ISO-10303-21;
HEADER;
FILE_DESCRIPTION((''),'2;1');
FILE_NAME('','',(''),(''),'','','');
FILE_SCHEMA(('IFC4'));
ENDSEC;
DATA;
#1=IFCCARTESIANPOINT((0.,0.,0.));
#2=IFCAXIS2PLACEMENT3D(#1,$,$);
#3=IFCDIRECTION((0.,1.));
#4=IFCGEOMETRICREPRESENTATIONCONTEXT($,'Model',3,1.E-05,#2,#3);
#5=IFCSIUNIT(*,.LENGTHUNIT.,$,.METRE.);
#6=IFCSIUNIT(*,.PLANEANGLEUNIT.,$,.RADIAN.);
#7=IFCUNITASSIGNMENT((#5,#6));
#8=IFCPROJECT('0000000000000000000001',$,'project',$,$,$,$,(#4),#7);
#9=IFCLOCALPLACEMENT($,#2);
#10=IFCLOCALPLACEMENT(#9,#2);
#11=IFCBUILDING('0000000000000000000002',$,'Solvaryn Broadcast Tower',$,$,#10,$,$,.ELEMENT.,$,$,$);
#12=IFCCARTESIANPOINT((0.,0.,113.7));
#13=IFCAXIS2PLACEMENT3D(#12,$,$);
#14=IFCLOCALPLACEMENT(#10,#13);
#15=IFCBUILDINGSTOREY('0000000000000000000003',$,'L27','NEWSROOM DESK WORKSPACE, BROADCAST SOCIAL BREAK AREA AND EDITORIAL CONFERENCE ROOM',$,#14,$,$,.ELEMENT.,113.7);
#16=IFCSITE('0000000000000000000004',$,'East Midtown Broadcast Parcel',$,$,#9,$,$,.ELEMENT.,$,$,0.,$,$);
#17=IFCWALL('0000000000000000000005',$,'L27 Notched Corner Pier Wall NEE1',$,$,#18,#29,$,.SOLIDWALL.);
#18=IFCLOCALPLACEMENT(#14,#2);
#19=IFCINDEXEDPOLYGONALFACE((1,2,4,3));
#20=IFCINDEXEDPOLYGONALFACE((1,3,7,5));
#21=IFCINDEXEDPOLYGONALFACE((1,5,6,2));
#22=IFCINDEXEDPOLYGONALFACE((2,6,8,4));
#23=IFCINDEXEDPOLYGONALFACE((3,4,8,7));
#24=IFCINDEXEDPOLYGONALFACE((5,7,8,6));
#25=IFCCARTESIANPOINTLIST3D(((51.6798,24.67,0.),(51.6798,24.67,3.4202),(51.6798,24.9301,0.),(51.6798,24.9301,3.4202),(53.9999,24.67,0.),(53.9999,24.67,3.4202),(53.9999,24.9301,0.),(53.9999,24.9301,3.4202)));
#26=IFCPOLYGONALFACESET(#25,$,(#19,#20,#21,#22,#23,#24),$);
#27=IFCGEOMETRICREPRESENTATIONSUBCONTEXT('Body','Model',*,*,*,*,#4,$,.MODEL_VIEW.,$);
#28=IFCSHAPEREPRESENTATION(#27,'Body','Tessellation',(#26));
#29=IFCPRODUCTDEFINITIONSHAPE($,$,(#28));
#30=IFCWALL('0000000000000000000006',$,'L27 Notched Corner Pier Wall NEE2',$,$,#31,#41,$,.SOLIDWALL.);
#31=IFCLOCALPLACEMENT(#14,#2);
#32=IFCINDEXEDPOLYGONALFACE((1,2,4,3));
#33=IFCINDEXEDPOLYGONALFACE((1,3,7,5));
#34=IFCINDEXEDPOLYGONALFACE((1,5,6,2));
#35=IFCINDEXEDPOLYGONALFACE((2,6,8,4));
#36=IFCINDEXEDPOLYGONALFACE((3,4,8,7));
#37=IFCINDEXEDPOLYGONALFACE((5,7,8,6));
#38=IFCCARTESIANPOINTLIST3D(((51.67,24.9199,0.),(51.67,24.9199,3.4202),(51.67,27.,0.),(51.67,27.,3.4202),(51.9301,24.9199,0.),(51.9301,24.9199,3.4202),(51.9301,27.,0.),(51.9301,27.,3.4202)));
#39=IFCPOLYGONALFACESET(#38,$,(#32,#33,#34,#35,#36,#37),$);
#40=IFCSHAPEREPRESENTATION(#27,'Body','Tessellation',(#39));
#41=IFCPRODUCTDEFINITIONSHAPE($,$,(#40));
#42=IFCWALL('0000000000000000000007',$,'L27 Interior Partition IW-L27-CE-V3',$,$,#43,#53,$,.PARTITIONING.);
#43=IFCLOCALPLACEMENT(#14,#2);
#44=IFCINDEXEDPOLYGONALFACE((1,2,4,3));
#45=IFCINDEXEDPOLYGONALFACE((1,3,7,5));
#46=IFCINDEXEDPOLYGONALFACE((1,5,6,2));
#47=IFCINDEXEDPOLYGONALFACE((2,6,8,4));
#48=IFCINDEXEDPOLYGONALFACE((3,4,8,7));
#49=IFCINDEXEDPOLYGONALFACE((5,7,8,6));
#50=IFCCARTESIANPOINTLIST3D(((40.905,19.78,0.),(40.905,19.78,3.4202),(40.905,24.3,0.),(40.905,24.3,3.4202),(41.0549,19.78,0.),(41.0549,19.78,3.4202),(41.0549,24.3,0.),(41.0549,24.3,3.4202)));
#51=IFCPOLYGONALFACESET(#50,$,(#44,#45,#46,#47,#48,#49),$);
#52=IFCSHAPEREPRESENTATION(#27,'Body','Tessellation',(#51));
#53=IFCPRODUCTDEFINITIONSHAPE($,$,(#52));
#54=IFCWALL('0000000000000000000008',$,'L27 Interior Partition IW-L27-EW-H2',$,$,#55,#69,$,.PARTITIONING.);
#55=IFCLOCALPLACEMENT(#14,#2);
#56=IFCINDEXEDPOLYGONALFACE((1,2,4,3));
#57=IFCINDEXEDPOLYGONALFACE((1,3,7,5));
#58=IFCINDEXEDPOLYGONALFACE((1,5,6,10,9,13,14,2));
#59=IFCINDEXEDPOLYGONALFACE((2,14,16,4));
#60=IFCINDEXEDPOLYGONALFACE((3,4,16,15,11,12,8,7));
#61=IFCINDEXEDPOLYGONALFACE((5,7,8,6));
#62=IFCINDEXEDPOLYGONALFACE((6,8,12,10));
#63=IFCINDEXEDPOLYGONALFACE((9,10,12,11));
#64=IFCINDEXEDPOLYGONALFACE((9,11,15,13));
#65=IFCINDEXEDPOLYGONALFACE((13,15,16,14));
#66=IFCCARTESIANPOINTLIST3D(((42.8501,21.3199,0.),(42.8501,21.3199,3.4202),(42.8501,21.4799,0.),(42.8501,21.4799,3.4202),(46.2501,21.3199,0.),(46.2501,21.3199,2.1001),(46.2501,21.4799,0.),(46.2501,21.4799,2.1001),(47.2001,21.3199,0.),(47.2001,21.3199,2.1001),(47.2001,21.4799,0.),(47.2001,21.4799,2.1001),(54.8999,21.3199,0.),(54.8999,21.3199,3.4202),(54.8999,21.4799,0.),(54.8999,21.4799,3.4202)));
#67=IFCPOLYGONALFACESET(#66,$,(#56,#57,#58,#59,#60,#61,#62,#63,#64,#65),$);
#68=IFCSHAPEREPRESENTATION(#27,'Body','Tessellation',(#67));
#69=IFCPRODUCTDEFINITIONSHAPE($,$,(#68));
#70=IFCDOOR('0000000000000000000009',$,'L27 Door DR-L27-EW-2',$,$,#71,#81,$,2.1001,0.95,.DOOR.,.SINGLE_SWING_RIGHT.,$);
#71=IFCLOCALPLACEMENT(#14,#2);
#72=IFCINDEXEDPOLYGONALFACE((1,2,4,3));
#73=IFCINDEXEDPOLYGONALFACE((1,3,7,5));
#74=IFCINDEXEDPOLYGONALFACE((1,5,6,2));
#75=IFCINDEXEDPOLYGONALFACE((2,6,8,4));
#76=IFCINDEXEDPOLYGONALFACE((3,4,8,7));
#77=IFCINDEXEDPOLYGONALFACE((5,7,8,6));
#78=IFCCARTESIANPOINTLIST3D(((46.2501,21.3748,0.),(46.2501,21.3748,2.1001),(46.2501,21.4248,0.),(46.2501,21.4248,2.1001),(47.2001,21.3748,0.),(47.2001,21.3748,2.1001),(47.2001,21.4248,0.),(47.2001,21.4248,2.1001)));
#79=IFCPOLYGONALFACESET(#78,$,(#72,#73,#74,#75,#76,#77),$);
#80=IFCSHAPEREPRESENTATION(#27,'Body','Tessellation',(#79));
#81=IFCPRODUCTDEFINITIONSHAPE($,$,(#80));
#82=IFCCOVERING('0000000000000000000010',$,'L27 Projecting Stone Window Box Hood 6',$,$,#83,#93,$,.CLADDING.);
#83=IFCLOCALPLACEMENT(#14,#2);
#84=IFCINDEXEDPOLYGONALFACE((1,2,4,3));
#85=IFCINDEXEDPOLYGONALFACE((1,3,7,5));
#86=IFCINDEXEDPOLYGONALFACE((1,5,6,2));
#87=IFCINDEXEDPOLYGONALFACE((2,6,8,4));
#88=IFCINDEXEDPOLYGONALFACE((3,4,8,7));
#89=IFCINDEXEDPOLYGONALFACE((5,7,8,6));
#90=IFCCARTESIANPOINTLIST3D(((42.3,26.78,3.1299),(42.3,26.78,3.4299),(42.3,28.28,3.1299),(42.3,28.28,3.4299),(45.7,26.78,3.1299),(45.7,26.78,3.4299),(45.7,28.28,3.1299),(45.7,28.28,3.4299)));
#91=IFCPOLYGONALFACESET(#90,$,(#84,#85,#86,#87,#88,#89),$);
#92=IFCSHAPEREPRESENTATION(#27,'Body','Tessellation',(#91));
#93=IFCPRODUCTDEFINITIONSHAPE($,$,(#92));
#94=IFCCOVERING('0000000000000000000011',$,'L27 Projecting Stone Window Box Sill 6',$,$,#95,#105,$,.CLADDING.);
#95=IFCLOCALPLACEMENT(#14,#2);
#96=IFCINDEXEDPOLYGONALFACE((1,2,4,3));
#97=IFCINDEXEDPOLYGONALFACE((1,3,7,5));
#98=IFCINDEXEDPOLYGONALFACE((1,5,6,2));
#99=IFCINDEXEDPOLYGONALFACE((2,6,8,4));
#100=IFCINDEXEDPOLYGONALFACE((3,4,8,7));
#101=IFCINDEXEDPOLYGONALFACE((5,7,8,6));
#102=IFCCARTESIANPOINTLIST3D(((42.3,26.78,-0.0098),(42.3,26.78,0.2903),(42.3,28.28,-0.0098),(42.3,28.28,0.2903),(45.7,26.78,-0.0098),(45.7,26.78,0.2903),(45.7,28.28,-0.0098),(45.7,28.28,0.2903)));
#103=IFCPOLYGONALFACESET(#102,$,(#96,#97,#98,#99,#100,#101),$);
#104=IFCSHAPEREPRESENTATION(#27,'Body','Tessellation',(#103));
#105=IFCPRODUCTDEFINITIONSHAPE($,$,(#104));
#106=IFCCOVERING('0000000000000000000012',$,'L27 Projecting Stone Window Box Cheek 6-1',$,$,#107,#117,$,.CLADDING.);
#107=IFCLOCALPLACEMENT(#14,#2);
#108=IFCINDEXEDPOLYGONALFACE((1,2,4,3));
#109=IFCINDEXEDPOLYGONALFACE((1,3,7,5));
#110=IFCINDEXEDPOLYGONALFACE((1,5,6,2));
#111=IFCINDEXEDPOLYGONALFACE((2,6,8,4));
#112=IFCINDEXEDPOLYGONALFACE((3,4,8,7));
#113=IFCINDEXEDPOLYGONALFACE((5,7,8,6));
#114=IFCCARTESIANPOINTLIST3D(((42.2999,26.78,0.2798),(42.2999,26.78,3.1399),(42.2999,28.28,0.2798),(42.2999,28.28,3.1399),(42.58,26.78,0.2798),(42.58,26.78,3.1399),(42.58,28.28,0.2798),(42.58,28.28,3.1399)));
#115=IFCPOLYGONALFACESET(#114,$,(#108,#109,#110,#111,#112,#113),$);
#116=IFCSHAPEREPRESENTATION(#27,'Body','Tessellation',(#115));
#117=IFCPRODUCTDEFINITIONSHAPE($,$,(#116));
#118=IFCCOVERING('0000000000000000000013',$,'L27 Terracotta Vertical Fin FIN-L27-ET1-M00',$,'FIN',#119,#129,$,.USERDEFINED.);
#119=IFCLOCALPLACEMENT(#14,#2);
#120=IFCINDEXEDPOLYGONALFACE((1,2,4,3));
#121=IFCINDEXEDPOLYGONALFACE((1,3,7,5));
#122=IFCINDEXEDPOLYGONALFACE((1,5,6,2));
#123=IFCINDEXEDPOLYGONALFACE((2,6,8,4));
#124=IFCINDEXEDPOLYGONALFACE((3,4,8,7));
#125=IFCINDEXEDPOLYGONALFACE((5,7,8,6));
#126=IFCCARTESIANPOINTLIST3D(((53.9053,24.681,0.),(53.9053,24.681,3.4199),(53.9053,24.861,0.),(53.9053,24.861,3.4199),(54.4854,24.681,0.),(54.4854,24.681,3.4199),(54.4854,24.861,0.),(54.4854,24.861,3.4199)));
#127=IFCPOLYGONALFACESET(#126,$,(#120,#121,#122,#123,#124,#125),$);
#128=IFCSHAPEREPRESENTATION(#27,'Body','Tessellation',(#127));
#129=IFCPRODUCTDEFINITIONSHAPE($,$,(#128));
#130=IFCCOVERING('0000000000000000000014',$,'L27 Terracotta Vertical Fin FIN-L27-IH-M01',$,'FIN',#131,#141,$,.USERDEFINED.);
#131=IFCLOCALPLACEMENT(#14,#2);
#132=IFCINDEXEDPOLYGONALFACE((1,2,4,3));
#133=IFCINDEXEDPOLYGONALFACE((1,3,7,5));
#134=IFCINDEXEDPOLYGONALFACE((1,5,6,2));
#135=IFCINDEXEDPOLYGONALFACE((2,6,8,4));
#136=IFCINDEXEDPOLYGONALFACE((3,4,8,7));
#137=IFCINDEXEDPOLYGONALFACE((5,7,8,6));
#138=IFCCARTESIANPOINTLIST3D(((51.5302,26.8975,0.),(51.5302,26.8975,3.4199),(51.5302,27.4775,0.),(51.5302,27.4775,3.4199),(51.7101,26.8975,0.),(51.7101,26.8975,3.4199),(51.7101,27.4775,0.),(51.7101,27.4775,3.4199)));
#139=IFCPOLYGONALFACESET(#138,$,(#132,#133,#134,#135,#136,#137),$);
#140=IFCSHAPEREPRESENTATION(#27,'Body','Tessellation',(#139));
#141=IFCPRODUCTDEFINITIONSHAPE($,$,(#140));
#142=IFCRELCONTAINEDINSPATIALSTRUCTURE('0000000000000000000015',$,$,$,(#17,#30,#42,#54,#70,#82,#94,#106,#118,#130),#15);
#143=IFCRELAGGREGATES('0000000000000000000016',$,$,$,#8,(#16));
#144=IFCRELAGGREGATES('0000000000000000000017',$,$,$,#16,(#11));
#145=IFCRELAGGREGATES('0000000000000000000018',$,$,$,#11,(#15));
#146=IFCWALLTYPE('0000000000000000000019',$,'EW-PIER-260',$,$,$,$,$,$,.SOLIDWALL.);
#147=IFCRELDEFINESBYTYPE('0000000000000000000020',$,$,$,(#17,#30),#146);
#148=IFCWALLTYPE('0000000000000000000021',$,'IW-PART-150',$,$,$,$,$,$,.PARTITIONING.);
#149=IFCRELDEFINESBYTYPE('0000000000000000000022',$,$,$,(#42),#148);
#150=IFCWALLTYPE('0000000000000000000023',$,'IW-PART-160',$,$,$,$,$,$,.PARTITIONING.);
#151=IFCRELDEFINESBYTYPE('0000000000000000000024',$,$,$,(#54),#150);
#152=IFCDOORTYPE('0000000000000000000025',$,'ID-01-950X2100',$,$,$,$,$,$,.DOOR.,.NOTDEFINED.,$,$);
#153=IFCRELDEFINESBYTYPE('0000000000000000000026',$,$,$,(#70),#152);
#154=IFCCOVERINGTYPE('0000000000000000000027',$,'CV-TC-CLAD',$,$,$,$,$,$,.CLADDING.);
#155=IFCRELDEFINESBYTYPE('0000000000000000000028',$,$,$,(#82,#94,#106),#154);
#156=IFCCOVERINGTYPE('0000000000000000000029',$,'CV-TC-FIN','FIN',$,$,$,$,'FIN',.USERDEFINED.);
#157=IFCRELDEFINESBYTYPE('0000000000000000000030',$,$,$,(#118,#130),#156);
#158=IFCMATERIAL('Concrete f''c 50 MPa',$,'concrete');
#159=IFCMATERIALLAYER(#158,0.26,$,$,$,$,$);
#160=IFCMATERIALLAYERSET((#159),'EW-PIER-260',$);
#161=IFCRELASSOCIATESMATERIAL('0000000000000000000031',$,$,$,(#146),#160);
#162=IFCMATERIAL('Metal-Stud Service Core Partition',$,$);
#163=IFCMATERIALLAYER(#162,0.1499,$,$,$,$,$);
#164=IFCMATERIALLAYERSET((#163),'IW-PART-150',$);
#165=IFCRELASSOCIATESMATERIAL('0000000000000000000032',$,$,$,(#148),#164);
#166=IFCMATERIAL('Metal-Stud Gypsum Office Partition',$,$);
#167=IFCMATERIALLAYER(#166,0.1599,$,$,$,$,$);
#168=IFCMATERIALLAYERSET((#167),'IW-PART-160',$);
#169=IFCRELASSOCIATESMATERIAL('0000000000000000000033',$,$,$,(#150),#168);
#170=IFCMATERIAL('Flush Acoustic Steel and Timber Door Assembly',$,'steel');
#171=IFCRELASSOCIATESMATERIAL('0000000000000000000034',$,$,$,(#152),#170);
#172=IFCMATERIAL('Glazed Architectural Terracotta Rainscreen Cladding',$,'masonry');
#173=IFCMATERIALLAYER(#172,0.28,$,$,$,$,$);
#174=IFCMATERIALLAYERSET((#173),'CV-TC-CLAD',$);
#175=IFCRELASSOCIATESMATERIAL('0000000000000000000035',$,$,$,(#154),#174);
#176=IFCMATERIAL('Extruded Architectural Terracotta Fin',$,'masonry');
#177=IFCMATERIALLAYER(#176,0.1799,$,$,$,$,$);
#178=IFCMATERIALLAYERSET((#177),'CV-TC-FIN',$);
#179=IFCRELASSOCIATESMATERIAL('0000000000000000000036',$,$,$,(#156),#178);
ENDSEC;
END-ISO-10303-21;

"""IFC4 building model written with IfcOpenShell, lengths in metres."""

from ifc_helpers import new_model, si_unit, direction, frame, frame_2d, origin, origin_2d, place, context, subcontext, project, spatial, rectangle, extrude, material, layer, layer_set, type_object, element, fill, save


model = new_model("IFC4")

# Units and contexts
model_context = context("Model", 3, precision=1e-05, world=origin(), true_north=direction((0.0, 1.0)))
body_context = subcontext(model_context, "Body", "Model", "MODEL_VIEW")
ifc_project = project(units=[si_unit("LENGTHUNIT", "METRE"), si_unit("PLANEANGLEUNIT", "RADIAN")], contexts=[model_context])

# Site, building, storey
site_placement = place(None, origin())
site = spatial("IfcSite", under=ifc_project, at=site_placement, Name="East Midtown Broadcast Parcel", CompositionType="ELEMENT", RefElevation=0.0)
building_placement = place(site_placement, origin())
building = spatial("IfcBuilding", under=site, at=building_placement, Name="Solvaryn Broadcast Tower", CompositionType="ELEMENT")
storey_placement = place(building_placement, frame((0.0, 0.0, 113.7)))
storey = spatial("IfcBuildingStorey", under=building, at=storey_placement, Name="L27", Description="NEWSROOM DESK WORKSPACE, BROADCAST SOCIAL BREAK AREA AND EDITORIAL CONFERENCE ROOM", CompositionType="ELEMENT", Elevation=113.7)

# Walls
ifc_material_1 = material(Name="Concrete f'c 50 MPa", Category="concrete")
ifc_layer_1 = layer(ifc_material_1, 0.26)
ifc_layer_set_1 = layer_set([ifc_layer_1], Name="EW-PIER-260")
wall_type_1 = type_object("IfcWallType", Name="EW-PIER-260", PredefinedType="SOLIDWALL", material=ifc_layer_set_1)
wall_1_placement = place(storey_placement, frame((54.0, 24.8, 0.0), z_axis=(0.0, 0.0, 1.0), x_axis=(-1.0, 0.0, 0.0)))
element("IfcWall", 1, at=wall_1_placement, inside=storey, type_object=wall_type_1, Name="L27 Notched Corner Pier Wall NEE1", PredefinedType="SOLIDWALL", context=body_context, shape_type="SweptSolid", body=[
    extrude(rectangle(XDim=2.3201, YDim=0.26, at=frame_2d((1.1602, 0.0))), origin(), (0.0, 0.0, 1.0), 3.4202),
])
wall_2_placement = place(storey_placement, frame((51.8, 24.9199, 0.0), z_axis=(0.0, 0.0, 1.0), x_axis=(0.0, 1.0, 0.0)))
element("IfcWall", 2, at=wall_2_placement, inside=storey, type_object=wall_type_1, Name="L27 Notched Corner Pier Wall NEE2", PredefinedType="SOLIDWALL", context=body_context, shape_type="SweptSolid", body=[
    extrude(rectangle(XDim=2.0801, YDim=0.26, at=frame_2d((1.04, 0.0))), origin(), (0.0, 0.0, 1.0), 3.4202),
])
ifc_material_2 = material(Name="Metal-Stud Service Core Partition")
ifc_layer_2 = layer(ifc_material_2, 0.1499)
ifc_layer_set_2 = layer_set([ifc_layer_2], Name="IW-PART-150")
wall_type_2 = type_object("IfcWallType", Name="IW-PART-150", PredefinedType="PARTITIONING", material=ifc_layer_set_2)
wall_3_placement = place(storey_placement, frame((40.98, 19.78, 0.0), z_axis=(0.0, 0.0, 1.0), x_axis=(0.0, 1.0, 0.0)))
element("IfcWall", 3, at=wall_3_placement, inside=storey, type_object=wall_type_2, Name="L27 Interior Partition IW-L27-CE-V3", PredefinedType="PARTITIONING", context=body_context, shape_type="SweptSolid", body=[
    extrude(rectangle(XDim=4.52, YDim=0.1499, at=frame_2d((2.26, 0.0))), origin(), (0.0, 0.0, 1.0), 3.4202),
])

# Wall, opening, door
ifc_material_3 = material(Name="Metal-Stud Gypsum Office Partition")
ifc_layer_3 = layer(ifc_material_3, 0.1599)
ifc_layer_set_3 = layer_set([ifc_layer_3], Name="IW-PART-160")
wall_type_3 = type_object("IfcWallType", Name="IW-PART-160", PredefinedType="PARTITIONING", material=ifc_layer_set_3)
wall_4_placement = place(storey_placement, frame((42.8501, 21.3999, 0.0), z_axis=(0.0, 0.0, 1.0), x_axis=(1.0, 0.0, 0.0)))
wall_4 = element("IfcWall", 4, at=wall_4_placement, inside=storey, type_object=wall_type_3, Name="L27 Interior Partition IW-L27-EW-H2", PredefinedType="PARTITIONING", context=body_context, shape_type="SweptSolid", body=[
    extrude(rectangle(XDim=12.0498, YDim=0.1599, at=frame_2d((6.0249, 0.0))), origin(), (0.0, 0.0, 1.0), 3.4202),
])
opening_1_placement = place(wall_4_placement, frame((3.3999, 0.0, 0.0)))
opening_1 = element("IfcOpeningElement", 5, at=opening_1_placement, cuts=wall_4, PredefinedType="OPENING", context=body_context, shape_type="SweptSolid", body=[
    extrude(rectangle(XDim=0.95, YDim=2.1001, at=frame_2d((0.4751, 1.05))), frame((0.0, 0.0901, 0.0), z_axis=(0.0, -1.0, 0.0), x_axis=(1.0, 0.0, 0.0)), (0.0, 0.0, 1.0), 0.1799),
])
ifc_material_4 = material(Name="Flush Acoustic Steel and Timber Door Assembly", Category="steel")
door_type_1 = type_object("IfcDoorType", Name="ID-01-950X2100", OperationType="NOTDEFINED", PredefinedType="DOOR", material=ifc_material_4)
door_1_placement = place(opening_1_placement, origin())
door_1 = element("IfcDoor", 6, at=door_1_placement, inside=storey, type_object=door_type_1, Name="L27 Door DR-L27-EW-2", OperationType="SINGLE_SWING_RIGHT", OverallHeight=2.1001, OverallWidth=0.95, PredefinedType="DOOR", context=body_context, shape_type="SweptSolid", body=[
    extrude(rectangle(XDim=0.95, YDim=2.1001, at=frame_2d((0.4751, 1.05))), frame((0.0, 0.0249, 0.0), z_axis=(0.0, -1.0, 0.0), x_axis=(1.0, 0.0, 0.0)), (0.0, 0.0, 1.0), 0.05),
])
fill(opening_1, door_1)

# Coverings
ifc_material_5 = material(Name="Glazed Architectural Terracotta Rainscreen Cladding", Category="masonry")
ifc_layer_4 = layer(ifc_material_5, 0.28)
ifc_layer_set_4 = layer_set([ifc_layer_4], Name="CV-TC-CLAD")
covering_type_1 = type_object("IfcCoveringType", Name="CV-TC-CLAD", PredefinedType="CLADDING", material=ifc_layer_set_4)
for number, where, z_axis, x_axis, name in (
    (7, (44.0, 27.53, 3.1299), (0.0, 0.0, 1.0), (1.0, 0.0, 0.0), "L27 Projecting Stone Window Box Hood 6"),
    (8, (44.0, 27.53, -0.0098), (0.0, 0.0, 1.0), (1.0, 0.0, 0.0), "L27 Projecting Stone Window Box Sill 6"),
):
    element("IfcCovering", number, at=place(storey_placement, frame(where, z_axis=z_axis, x_axis=x_axis)), inside=storey, type_object=covering_type_1, Name=name, PredefinedType="CLADDING", context=body_context, shape_type="SweptSolid", body=[
        extrude(rectangle(XDim=3.3999, YDim=1.5, at=origin_2d()), origin(), (0.0, 0.0, 1.0), 0.3),
    ])
covering_1_placement = place(storey_placement, frame((42.4399, 27.53, 0.2798), z_axis=(0.0, 0.0, 1.0), x_axis=(1.0, 0.0, 0.0)))
element("IfcCovering", 9, at=covering_1_placement, inside=storey, type_object=covering_type_1, Name="L27 Projecting Stone Window Box Cheek 6-1", PredefinedType="CLADDING", context=body_context, shape_type="SweptSolid", body=[
    extrude(rectangle(XDim=0.28, YDim=1.5, at=origin_2d()), origin(), (0.0, 0.0, 1.0), 2.8601),
])
ifc_material_6 = material(Name="Extruded Architectural Terracotta Fin", Category="masonry")
ifc_layer_5 = layer(ifc_material_6, 0.1799)
ifc_layer_set_5 = layer_set([ifc_layer_5], Name="CV-TC-FIN")
covering_type_2 = type_object("IfcCoveringType", Name="CV-TC-FIN", Description="FIN", ElementType="FIN", PredefinedType="USERDEFINED", material=ifc_layer_set_5)
covering_2_placement = place(storey_placement, frame((54.1953, 24.771, 0.0), z_axis=(0.0, 0.0, 1.0), x_axis=(1.0, 0.0, 0.0)))
element("IfcCovering", 10, at=covering_2_placement, inside=storey, type_object=covering_type_2, Name="L27 Terracotta Vertical Fin FIN-L27-ET1-M00", ObjectType="FIN", PredefinedType="USERDEFINED", context=body_context, shape_type="SweptSolid", body=[
    extrude(rectangle(XDim=0.5801, YDim=0.1799, at=origin_2d()), origin(), (0.0, 0.0, 1.0), 3.4199),
])
covering_3_placement = place(storey_placement, frame((51.6201, 27.1875, 0.0), z_axis=(0.0, 0.0, 1.0), x_axis=(1.0, 0.0, 0.0)))
element("IfcCovering", 11, at=covering_3_placement, inside=storey, type_object=covering_type_2, Name="L27 Terracotta Vertical Fin FIN-L27-IH-M01", ObjectType="FIN", PredefinedType="USERDEFINED", context=body_context, shape_type="SweptSolid", body=[
    extrude(rectangle(XDim=0.1799, YDim=0.5801, at=origin_2d()), origin(), (0.0, 0.0, 1.0), 3.4199),
])

save(model, "model.ifc")
